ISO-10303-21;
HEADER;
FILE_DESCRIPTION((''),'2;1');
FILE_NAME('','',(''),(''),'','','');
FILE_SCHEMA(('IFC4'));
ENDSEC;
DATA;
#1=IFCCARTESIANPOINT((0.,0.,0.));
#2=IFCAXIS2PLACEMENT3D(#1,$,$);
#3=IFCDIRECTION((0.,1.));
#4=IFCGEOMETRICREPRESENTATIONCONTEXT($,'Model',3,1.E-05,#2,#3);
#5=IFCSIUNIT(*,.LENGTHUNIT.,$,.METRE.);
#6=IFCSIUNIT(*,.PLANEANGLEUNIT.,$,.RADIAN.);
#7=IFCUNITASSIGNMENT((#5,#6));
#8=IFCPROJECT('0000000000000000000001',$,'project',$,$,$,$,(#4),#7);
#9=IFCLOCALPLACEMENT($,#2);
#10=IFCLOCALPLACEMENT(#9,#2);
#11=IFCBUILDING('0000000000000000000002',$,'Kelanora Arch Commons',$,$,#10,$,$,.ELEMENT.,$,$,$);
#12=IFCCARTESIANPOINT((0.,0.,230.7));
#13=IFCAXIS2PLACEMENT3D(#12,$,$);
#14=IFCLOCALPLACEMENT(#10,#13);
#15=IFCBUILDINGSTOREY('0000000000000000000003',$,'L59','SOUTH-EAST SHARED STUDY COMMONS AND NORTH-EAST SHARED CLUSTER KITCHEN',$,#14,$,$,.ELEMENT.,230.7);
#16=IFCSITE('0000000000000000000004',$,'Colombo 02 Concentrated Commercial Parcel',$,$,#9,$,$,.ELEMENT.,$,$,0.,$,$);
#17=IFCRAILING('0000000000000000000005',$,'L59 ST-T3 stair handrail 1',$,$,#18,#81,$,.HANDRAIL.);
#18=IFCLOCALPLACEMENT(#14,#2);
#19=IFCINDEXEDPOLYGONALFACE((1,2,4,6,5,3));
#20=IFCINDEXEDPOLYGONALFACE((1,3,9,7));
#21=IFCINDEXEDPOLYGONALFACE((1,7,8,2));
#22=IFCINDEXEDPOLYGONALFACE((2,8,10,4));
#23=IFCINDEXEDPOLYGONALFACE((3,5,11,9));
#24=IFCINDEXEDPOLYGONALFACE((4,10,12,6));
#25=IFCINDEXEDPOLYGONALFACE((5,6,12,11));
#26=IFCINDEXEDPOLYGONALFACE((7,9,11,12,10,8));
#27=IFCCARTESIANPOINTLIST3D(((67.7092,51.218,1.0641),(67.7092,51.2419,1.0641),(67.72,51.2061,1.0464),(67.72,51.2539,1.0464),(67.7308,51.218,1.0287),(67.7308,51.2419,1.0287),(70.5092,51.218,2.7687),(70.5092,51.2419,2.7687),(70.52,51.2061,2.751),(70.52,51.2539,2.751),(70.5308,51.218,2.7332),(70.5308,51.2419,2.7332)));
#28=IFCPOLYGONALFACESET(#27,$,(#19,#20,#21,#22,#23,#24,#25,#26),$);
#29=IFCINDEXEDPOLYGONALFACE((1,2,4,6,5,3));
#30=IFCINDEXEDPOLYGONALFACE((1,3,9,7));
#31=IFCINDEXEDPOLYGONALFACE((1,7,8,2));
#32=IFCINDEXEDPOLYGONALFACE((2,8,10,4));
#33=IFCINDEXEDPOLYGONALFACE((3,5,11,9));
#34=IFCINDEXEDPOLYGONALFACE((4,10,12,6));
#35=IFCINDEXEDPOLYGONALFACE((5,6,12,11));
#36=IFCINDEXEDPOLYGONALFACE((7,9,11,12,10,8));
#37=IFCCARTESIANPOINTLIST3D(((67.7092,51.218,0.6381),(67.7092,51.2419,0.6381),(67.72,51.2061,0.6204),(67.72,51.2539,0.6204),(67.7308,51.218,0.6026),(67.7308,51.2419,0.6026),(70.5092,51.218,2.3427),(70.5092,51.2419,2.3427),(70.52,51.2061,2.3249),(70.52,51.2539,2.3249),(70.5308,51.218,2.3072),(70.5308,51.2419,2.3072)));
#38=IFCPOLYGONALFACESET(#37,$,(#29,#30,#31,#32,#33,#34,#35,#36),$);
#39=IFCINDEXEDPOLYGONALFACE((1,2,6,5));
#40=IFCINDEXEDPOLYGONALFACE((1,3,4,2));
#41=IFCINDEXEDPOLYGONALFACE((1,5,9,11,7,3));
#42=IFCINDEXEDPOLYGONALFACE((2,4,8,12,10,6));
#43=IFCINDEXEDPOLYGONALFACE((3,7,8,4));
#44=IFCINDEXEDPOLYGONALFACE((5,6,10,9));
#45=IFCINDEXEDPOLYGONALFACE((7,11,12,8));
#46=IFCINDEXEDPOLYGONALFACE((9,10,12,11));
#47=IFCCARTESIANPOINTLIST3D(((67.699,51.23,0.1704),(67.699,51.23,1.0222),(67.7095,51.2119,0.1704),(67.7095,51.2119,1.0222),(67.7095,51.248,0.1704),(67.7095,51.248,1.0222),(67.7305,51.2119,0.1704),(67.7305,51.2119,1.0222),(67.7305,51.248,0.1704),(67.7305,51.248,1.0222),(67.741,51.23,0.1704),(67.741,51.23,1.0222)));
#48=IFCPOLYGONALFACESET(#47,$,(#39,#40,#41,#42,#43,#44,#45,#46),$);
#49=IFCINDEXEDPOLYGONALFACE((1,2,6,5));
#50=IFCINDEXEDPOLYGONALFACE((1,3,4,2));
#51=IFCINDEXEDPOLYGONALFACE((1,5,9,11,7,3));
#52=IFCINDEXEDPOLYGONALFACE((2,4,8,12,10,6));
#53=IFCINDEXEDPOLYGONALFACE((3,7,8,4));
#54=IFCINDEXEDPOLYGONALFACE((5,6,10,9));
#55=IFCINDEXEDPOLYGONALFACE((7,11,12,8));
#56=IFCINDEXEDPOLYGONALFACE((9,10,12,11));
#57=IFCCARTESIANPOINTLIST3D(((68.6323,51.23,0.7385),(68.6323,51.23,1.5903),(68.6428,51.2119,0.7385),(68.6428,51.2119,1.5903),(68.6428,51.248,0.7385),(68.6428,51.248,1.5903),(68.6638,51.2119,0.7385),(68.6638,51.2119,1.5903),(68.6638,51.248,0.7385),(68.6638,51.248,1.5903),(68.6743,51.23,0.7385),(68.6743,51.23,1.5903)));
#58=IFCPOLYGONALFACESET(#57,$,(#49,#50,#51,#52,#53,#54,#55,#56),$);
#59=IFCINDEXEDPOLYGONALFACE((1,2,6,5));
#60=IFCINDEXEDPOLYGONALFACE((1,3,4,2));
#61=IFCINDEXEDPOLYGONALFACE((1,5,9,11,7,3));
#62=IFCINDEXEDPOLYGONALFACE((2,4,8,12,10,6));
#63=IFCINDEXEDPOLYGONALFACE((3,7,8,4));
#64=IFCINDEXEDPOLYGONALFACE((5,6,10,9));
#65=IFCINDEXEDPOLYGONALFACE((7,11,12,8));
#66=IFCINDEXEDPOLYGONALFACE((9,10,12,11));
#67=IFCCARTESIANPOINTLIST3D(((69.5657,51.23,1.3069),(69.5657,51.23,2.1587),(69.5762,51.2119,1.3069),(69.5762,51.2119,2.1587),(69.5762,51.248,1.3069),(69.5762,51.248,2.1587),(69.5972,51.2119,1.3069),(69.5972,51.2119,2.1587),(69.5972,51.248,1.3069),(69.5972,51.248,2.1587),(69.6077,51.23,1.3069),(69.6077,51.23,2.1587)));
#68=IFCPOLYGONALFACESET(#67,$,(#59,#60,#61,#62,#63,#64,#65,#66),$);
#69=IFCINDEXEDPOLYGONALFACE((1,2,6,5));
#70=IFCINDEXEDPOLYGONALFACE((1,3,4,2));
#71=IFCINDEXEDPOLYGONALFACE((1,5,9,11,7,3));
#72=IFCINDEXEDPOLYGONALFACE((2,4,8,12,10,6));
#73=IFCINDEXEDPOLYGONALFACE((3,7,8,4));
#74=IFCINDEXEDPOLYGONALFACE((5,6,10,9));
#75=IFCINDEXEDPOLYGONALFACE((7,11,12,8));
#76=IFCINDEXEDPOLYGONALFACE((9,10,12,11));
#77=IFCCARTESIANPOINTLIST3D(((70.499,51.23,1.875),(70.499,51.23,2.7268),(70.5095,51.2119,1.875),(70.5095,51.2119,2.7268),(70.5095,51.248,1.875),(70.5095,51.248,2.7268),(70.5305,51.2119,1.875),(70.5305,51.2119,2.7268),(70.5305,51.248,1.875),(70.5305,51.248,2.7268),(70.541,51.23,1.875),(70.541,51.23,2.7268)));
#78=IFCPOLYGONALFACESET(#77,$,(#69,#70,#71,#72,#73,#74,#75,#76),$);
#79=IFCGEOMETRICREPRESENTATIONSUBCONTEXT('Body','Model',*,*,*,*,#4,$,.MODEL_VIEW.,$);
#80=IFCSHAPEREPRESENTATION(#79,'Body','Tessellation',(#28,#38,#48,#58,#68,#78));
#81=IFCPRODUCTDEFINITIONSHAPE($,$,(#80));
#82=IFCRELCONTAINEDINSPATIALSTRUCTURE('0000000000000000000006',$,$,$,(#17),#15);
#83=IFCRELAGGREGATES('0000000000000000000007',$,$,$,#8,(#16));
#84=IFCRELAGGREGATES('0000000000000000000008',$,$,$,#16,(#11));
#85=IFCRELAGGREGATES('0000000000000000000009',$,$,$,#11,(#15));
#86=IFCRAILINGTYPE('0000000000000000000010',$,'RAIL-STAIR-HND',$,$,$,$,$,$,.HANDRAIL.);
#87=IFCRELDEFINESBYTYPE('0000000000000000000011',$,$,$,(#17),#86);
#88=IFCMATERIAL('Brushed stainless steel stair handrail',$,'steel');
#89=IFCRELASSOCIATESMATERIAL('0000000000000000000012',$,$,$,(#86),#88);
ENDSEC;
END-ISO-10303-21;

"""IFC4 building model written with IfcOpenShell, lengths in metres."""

from ifc_helpers import new_model, si_unit, direction, frame, origin, place, context, subcontext, project, spatial, polyline, outline, extrude, material, type_object, element, save


model = new_model("IFC4")

# Units and contexts
model_context = context("Model", 3, precision=1e-05, world=origin(), true_north=direction((0.0, 1.0)))
body_context = subcontext(model_context, "Body", "Model", "MODEL_VIEW")
ifc_project = project(units=[si_unit("LENGTHUNIT", "METRE"), si_unit("PLANEANGLEUNIT", "RADIAN")], contexts=[model_context])

# Site, building, storey
site_placement = place(None, origin())
site = spatial("IfcSite", under=ifc_project, at=site_placement, Name="Colombo 02 Concentrated Commercial Parcel", CompositionType="ELEMENT", RefElevation=0.0)
building_placement = place(site_placement, origin())
building = spatial("IfcBuilding", under=site, at=building_placement, Name="Kelanora Arch Commons", CompositionType="ELEMENT")
storey_placement = place(building_placement, frame((0.0, 0.0, 230.7)))
storey = spatial("IfcBuildingStorey", under=building, at=storey_placement, Name="L59", Description="SOUTH-EAST SHARED STUDY COMMONS AND NORTH-EAST SHARED CLUSTER KITCHEN", CompositionType="ELEMENT", Elevation=230.7)

# Railing
ifc_material_1 = material(Name="Brushed stainless steel stair handrail", Category="steel")
railing_type_1 = type_object("IfcRailingType", Name="RAIL-STAIR-HND", PredefinedType="HANDRAIL", material=ifc_material_1)
railing_1_placement = place(storey_placement, frame((67.72, 51.23, 0.1704)))
element("IfcRailing", 1, at=railing_1_placement, inside=storey, type_object=railing_type_1, Name="L59 ST-T3 stair handrail 1", PredefinedType="HANDRAIL", context=body_context, shape_type="SweptSolid", body=[
    extrude(outline(polyline([(0.0239, 0.0), (0.012, 0.0208), (-0.012, 0.0208), (-0.0239, 0.0), (-0.012, -0.0208), (0.012, -0.0208), (0.0239, 0.0)])), frame((0.0, 0.0, 0.876), z_axis=(0.85417, 0.0, 0.519994), x_axis=(0.0, 1.0, 0.0)), (0.0, 0.0, 1.0), 3.2781),
    extrude(outline(polyline([(0.0239, 0.0), (0.012, 0.0208), (-0.012, 0.0208), (-0.0239, 0.0), (-0.012, -0.0208), (0.012, -0.0208), (0.0239, 0.0)])), frame((0.0, 0.0, 0.45), z_axis=(0.85417, 0.0, 0.519994), x_axis=(0.0, 1.0, 0.0)), (0.0, 0.0, 1.0), 3.2781),
    extrude(outline(polyline([(0.021, 0.0), (0.0105, 0.0181), (-0.0105, 0.0181), (-0.021, 0.0), (-0.0105, -0.0181), (0.0105, -0.0181), (0.021, 0.0)])), origin(), (0.0, 0.0, 1.0), 0.8518),
    extrude(outline(polyline([(0.021, 0.0), (0.0105, 0.0181), (-0.0105, 0.0181), (-0.021, 0.0), (-0.0105, -0.0181), (0.0105, -0.0181), (0.021, 0.0)])), frame((0.9333, 0.0, 0.5681)), (0.0, 0.0, 1.0), 0.8518),
    extrude(outline(polyline([(0.021, 0.0), (0.0105, 0.0181), (-0.0105, 0.0181), (-0.021, 0.0), (-0.0105, -0.0181), (0.0105, -0.0181), (0.021, 0.0)])), frame((1.8667, 0.0, 1.1365)), (0.0, 0.0, 1.0), 0.8518),
    extrude(outline(polyline([(0.021, 0.0), (0.0105, 0.0181), (-0.0105, 0.0181), (-0.021, 0.0), (-0.0105, -0.0181), (0.0105, -0.0181), (0.021, 0.0)])), frame((2.8, 0.0, 1.7046)), (0.0, 0.0, 1.0), 0.8518),
])

save(model, "model.ifc")
